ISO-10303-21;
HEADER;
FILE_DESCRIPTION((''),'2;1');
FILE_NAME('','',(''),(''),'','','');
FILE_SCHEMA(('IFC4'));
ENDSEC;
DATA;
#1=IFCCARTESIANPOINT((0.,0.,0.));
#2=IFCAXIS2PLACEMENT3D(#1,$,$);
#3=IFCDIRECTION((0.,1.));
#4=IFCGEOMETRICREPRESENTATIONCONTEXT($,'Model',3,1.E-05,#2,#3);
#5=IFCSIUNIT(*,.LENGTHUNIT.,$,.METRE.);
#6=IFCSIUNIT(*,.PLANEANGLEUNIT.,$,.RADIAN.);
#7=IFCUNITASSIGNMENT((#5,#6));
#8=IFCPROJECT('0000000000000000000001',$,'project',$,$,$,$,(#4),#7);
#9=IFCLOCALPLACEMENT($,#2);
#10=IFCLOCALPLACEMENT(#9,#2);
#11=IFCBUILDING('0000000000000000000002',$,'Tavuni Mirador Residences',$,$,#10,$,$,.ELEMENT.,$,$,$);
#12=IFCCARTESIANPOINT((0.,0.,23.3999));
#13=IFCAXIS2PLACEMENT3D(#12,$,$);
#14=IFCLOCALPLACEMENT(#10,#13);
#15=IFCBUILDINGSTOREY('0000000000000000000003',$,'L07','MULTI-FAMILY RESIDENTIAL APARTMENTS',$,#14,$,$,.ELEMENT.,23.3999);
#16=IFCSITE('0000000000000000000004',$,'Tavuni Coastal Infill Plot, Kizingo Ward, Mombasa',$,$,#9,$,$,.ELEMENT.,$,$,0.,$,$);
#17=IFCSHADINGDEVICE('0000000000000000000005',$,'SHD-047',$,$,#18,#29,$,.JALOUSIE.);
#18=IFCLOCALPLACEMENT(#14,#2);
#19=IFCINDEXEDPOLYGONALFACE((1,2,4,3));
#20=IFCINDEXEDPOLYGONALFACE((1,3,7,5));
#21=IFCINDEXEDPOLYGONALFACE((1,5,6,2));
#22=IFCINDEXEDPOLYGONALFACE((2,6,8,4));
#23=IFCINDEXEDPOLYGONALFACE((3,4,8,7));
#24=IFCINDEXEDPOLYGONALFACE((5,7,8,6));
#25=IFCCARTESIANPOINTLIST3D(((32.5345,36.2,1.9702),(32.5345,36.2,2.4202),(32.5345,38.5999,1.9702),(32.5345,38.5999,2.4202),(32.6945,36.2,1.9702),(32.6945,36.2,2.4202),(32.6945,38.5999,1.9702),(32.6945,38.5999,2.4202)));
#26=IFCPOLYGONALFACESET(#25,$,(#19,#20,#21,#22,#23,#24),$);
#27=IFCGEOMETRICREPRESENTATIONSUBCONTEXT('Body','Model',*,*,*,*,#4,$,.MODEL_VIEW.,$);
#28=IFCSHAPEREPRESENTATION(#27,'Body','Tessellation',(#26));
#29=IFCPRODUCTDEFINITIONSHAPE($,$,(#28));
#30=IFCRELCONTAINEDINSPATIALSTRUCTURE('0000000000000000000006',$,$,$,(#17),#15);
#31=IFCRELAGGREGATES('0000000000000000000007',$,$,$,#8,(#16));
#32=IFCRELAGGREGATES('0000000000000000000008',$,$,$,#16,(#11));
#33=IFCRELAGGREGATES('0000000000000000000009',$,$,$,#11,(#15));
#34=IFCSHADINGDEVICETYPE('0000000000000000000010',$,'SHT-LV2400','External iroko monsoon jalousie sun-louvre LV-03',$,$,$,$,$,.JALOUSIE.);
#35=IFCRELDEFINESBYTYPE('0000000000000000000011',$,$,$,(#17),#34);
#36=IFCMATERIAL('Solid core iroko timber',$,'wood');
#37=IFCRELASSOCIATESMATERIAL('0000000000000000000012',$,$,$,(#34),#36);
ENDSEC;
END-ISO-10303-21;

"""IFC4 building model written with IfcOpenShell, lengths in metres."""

from ifc_helpers import new_model, si_unit, direction, frame, origin, origin_2d, place, context, subcontext, project, spatial, rectangle, extrude, material, type_object, element, save


model = new_model("IFC4")

# Units and contexts
model_context = context("Model", 3, precision=1e-05, world=origin(), true_north=direction((0.0, 1.0)))
body_context = subcontext(model_context, "Body", "Model", "MODEL_VIEW")
ifc_project = project(units=[si_unit("LENGTHUNIT", "METRE"), si_unit("PLANEANGLEUNIT", "RADIAN")], contexts=[model_context])

# Site, building, storey
site_placement = place(None, origin())
site = spatial("IfcSite", under=ifc_project, at=site_placement, Name="Tavuni Coastal Infill Plot, Kizingo Ward, Mombasa", CompositionType="ELEMENT", RefElevation=0.0)
building_placement = place(site_placement, origin())
building = spatial("IfcBuilding", under=site, at=building_placement, Name="Tavuni Mirador Residences", CompositionType="ELEMENT")
storey_placement = place(building_placement, frame((0.0, 0.0, 23.3999)))
storey = spatial("IfcBuildingStorey", under=building, at=storey_placement, Name="L07", Description="MULTI-FAMILY RESIDENTIAL APARTMENTS", CompositionType="ELEMENT", Elevation=23.3999)

# Shading device
ifc_material_1 = material(Name="Solid core iroko timber", Category="wood")
shading_device_type = type_object("IfcShadingDeviceType", Name="SHT-LV2400", Description="External iroko monsoon jalousie sun-louvre LV-03", PredefinedType="JALOUSIE", material=ifc_material_1)
shading_device_placement = place(storey_placement, frame((32.6145, 37.3999, 1.9702), z_axis=(0.0, 0.0, 1.0), x_axis=(0.0, 1.0, 0.0)))
element("IfcShadingDevice", 1, at=shading_device_placement, inside=storey, type_object=shading_device_type, Name="SHD-047", PredefinedType="JALOUSIE", context=body_context, shape_type="SweptSolid", body=[
    extrude(rectangle(XDim=2.3999, YDim=0.1599, at=origin_2d()), origin(), (0.0, 0.0, 1.0), 0.45),
])

save(model, "model.ifc")
